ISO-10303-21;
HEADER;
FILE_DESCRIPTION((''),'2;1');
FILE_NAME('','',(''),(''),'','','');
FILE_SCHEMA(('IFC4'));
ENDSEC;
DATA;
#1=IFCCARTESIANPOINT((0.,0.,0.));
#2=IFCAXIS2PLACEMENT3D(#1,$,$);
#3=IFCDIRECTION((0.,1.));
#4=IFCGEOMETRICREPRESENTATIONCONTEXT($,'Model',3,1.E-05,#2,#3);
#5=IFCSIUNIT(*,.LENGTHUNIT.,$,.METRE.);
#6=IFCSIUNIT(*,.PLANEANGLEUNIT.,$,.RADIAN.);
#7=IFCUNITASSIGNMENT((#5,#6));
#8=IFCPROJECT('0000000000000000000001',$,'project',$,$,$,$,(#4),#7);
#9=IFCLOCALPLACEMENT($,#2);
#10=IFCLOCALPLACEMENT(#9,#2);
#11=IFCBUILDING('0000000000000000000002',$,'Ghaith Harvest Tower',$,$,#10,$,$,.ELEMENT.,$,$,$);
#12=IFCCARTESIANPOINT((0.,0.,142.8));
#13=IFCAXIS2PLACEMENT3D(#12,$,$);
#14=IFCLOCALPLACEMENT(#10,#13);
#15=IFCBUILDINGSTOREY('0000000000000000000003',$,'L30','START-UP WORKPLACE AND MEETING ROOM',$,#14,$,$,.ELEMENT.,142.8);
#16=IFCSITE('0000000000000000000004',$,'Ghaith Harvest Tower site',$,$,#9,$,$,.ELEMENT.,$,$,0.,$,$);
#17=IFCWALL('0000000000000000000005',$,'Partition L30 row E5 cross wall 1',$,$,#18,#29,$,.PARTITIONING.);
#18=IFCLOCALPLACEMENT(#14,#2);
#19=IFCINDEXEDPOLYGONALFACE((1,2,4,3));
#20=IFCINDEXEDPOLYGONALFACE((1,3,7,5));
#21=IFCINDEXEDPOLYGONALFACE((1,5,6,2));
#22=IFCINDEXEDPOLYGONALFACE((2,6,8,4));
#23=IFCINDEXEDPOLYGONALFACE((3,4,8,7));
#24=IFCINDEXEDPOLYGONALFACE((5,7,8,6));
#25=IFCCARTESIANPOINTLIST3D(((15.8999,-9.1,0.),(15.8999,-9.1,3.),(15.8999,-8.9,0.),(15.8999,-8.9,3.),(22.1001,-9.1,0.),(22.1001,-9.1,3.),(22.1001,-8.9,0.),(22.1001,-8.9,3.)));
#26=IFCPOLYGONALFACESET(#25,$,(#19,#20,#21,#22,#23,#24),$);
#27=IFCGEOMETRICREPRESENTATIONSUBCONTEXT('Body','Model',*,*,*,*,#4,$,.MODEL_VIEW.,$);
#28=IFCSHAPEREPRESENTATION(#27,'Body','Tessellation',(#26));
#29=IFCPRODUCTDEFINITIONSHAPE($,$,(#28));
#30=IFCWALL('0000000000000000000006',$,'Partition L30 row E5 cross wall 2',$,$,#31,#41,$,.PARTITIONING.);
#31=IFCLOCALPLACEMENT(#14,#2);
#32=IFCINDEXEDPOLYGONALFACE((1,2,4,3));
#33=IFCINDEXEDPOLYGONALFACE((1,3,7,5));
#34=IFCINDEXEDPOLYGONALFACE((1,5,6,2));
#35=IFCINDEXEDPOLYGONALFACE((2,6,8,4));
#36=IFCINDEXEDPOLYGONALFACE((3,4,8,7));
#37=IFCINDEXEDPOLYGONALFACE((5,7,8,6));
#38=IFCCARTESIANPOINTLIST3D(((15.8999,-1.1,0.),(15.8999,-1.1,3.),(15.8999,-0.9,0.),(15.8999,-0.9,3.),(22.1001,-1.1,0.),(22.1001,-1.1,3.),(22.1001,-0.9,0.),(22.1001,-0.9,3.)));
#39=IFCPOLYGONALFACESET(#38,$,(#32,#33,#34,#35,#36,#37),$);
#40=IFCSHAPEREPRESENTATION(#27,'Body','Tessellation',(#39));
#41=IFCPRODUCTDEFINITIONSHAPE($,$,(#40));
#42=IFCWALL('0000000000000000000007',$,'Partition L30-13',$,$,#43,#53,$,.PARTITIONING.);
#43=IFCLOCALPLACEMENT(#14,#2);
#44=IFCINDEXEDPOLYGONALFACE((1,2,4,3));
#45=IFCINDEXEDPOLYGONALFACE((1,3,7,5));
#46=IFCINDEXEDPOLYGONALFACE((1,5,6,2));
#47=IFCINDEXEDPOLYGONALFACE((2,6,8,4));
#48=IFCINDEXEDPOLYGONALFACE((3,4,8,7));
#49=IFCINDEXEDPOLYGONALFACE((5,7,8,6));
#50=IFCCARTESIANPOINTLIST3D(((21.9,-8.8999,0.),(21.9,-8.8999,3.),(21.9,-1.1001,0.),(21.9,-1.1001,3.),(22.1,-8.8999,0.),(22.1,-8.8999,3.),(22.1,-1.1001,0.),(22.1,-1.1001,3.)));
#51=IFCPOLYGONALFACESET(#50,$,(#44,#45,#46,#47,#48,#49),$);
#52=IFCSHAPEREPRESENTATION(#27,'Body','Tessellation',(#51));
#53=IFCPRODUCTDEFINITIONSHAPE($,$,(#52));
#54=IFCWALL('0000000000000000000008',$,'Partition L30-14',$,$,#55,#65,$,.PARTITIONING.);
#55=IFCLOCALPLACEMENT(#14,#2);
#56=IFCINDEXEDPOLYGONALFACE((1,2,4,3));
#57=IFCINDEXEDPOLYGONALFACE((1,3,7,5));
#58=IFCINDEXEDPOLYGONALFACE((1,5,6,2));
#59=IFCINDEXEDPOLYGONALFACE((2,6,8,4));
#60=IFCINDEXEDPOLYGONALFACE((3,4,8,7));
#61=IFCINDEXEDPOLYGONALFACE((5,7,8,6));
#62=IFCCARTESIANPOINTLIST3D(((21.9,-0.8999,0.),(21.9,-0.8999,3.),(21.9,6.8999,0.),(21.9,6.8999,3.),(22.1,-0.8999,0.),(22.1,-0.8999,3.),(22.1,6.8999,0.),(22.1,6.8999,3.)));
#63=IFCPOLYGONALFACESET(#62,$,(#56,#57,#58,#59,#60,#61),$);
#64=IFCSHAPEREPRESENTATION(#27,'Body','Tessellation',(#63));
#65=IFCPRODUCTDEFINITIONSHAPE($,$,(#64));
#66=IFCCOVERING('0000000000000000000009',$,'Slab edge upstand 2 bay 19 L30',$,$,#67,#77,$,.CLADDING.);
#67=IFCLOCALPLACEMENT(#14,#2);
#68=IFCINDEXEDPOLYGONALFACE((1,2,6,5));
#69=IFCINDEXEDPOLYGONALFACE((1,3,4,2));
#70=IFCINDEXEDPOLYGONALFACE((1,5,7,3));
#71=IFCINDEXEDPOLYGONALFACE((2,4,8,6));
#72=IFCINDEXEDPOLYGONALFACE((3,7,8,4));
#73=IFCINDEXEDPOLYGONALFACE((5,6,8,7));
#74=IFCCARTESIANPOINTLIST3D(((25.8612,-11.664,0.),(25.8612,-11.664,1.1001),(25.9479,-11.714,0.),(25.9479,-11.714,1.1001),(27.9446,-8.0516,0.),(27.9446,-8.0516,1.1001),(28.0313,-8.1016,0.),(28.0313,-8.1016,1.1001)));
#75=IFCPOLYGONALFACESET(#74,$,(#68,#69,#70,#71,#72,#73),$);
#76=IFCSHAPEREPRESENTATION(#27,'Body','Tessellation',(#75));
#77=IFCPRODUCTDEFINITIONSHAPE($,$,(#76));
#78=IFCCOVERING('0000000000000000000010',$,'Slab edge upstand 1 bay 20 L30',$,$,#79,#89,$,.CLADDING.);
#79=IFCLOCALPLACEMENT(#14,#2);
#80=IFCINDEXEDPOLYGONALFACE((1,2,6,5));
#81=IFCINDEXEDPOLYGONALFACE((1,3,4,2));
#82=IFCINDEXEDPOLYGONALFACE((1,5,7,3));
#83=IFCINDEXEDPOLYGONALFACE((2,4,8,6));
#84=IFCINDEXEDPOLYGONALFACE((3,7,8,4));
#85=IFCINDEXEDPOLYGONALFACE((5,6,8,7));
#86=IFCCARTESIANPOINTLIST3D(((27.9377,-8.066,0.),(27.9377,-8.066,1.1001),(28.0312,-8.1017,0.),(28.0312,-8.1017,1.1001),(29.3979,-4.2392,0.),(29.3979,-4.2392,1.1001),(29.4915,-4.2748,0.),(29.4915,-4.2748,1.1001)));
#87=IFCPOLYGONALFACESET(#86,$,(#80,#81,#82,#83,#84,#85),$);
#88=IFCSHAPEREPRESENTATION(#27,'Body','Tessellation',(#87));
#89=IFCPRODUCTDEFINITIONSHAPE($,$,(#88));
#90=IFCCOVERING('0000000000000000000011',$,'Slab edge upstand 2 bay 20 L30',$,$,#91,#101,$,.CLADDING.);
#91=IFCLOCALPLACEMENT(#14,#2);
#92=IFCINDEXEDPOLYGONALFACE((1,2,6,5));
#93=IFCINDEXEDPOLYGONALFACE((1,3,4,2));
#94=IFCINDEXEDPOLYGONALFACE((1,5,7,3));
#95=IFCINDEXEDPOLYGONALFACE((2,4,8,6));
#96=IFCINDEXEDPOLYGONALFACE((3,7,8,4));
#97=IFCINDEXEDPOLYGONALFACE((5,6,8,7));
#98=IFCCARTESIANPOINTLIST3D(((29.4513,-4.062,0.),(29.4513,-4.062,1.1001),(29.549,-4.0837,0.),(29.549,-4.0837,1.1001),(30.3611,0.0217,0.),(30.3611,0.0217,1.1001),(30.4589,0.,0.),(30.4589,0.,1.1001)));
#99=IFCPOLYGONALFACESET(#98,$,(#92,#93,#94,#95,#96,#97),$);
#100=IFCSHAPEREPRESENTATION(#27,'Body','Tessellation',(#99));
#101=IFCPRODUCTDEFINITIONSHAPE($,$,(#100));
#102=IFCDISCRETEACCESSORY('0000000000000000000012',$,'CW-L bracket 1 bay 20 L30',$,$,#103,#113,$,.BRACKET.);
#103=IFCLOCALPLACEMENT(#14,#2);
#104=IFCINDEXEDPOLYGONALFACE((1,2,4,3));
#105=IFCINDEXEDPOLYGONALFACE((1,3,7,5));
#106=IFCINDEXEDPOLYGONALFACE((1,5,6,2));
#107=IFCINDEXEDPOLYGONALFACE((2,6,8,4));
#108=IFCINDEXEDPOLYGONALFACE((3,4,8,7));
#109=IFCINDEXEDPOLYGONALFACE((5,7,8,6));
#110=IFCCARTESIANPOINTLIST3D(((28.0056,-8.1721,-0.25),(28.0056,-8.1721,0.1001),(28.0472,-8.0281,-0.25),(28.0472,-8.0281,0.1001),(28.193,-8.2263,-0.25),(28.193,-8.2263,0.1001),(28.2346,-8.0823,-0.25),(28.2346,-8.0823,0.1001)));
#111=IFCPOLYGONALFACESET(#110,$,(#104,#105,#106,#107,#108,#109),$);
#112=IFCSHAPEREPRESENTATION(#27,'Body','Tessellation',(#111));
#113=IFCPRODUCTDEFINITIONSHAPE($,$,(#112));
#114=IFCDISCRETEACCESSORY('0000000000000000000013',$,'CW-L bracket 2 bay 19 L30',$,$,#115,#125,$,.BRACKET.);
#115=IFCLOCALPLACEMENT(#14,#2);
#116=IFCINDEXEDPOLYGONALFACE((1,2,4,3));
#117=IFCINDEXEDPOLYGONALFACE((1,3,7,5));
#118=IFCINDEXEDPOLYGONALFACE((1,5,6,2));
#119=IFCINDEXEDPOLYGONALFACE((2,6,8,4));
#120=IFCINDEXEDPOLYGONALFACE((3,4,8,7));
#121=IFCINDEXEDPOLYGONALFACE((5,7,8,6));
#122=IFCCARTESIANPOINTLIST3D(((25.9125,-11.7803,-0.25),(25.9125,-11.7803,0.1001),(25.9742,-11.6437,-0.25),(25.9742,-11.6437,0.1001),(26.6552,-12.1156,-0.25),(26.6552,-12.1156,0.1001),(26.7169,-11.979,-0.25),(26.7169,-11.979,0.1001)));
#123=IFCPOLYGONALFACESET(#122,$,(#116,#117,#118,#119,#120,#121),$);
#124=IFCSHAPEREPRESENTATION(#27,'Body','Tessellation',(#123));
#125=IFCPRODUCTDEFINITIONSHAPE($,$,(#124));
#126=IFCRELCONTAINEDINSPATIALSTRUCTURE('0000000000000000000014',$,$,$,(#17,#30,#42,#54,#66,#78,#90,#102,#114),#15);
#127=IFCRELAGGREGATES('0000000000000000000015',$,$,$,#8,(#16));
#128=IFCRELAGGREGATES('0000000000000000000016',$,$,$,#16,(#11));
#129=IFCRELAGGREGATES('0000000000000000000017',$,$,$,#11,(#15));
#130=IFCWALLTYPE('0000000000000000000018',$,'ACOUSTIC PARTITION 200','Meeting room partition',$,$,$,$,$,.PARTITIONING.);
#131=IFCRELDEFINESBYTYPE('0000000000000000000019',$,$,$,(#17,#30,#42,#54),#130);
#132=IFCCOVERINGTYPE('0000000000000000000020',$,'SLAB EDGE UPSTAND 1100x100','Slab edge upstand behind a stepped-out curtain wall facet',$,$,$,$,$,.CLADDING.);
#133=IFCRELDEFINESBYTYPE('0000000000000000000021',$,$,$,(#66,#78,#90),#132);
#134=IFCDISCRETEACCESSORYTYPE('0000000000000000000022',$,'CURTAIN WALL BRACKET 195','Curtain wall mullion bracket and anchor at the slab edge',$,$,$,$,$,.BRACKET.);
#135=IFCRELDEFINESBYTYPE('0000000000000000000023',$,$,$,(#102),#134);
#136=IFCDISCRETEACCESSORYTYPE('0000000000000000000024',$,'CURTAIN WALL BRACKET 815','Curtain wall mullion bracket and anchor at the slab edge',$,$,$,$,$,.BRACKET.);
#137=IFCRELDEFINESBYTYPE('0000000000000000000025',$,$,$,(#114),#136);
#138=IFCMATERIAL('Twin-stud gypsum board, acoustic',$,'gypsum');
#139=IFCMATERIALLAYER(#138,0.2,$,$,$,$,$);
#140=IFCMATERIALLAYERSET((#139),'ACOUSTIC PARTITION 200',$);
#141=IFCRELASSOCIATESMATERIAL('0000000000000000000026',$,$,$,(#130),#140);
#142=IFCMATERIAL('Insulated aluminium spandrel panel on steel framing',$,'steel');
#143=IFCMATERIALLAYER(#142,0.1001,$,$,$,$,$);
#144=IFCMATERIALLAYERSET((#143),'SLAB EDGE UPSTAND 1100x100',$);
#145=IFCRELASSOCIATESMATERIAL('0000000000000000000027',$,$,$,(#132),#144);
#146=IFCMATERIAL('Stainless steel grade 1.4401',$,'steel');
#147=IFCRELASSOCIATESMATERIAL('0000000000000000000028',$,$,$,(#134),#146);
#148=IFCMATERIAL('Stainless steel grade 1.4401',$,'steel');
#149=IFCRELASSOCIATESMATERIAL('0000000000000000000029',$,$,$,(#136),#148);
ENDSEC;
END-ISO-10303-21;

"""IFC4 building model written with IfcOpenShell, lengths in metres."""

from ifc_helpers import new_model, si_unit, direction, frame, frame_2d, origin, origin_2d, place, context, subcontext, project, spatial, rectangle, extrude, material, layer, layer_set, type_object, element, save


model = new_model("IFC4")

# Units and contexts
model_context = context("Model", 3, precision=1e-05, world=origin(), true_north=direction((0.0, 1.0)))
body_context = subcontext(model_context, "Body", "Model", "MODEL_VIEW")
ifc_project = project(units=[si_unit("LENGTHUNIT", "METRE"), si_unit("PLANEANGLEUNIT", "RADIAN")], contexts=[model_context])

# Site, building, storey
site_placement = place(None, origin())
site = spatial("IfcSite", under=ifc_project, at=site_placement, Name="Ghaith Harvest Tower site", CompositionType="ELEMENT", RefElevation=0.0)
building_placement = place(site_placement, origin())
building = spatial("IfcBuilding", under=site, at=building_placement, Name="Ghaith Harvest Tower", CompositionType="ELEMENT")
storey_placement = place(building_placement, frame((0.0, 0.0, 142.8)))
storey = spatial("IfcBuildingStorey", under=building, at=storey_placement, Name="L30", Description="START-UP WORKPLACE AND MEETING ROOM", CompositionType="ELEMENT", Elevation=142.8)

# Walls
ifc_material_1 = material(Name="Twin-stud gypsum board, acoustic", Category="gypsum")
ifc_layer_1 = layer(ifc_material_1, 0.2)
ifc_layer_set_1 = layer_set([ifc_layer_1], Name="ACOUSTIC PARTITION 200")
wall_type_1 = type_object("IfcWallType", Name="ACOUSTIC PARTITION 200", Description="Meeting room partition", PredefinedType="PARTITIONING", material=ifc_layer_set_1)
for number, where, z_axis, x_axis, name in (
    (1, (15.8999, -9.0, 0.0), (0.0, 0.0, 1.0), (1.0, 0.0, 0.0), "Partition L30 row E5 cross wall 1"),
    (2, (15.8999, -1.0, 0.0), (0.0, 0.0, 1.0), (1.0, 0.0, 0.0), "Partition L30 row E5 cross wall 2"),
):
    element("IfcWall", number, at=place(storey_placement, frame(where, z_axis=z_axis, x_axis=x_axis)), inside=storey, type_object=wall_type_1, Name=name, PredefinedType="PARTITIONING", context=body_context, shape_type="SweptSolid", body=[
        extrude(rectangle(XDim=6.2002, YDim=0.2, at=frame_2d((3.1001, 0.0))), origin(), (0.0, 0.0, 1.0), 3.0),
    ])

# Wall
wall_1_placement = place(storey_placement, frame((22.0, -8.8999, 0.0), z_axis=(0.0, 0.0, 1.0), x_axis=(0.0, 1.0, 0.0)))
element("IfcWall", 3, at=wall_1_placement, inside=storey, type_object=wall_type_1, Name="Partition L30-13", PredefinedType="PARTITIONING", context=body_context, shape_type="SweptSolid", body=[
    extrude(rectangle(XDim=7.7998, YDim=0.2, at=frame_2d((3.8999, 0.0))), origin(), (0.0, 0.0, 1.0), 3.0),
])

# Wall
wall_2_placement = place(storey_placement, frame((22.0, -0.8999, 0.0), z_axis=(0.0, 0.0, 1.0), x_axis=(0.0, 1.0, 0.0)))
element("IfcWall", 4, at=wall_2_placement, inside=storey, type_object=wall_type_1, Name="Partition L30-14", PredefinedType="PARTITIONING", context=body_context, shape_type="SweptSolid", body=[
    extrude(rectangle(XDim=7.7998, YDim=0.2, at=frame_2d((3.8999, 0.0))), origin(), (0.0, 0.0, 1.0), 3.0),
])

# Coverings
ifc_material_2 = material(Name="Insulated aluminium spandrel panel on steel framing", Category="steel")
ifc_layer_2 = layer(ifc_material_2, 0.1001)
ifc_layer_set_2 = layer_set([ifc_layer_2], Name="SLAB EDGE UPSTAND 1100x100")
covering_type = type_object("IfcCoveringType", Name="SLAB EDGE UPSTAND 1100x100", Description="Slab edge upstand behind a stepped-out curtain wall facet", PredefinedType="CLADDING", material=ifc_layer_set_2)
covering_1_placement = place(storey_placement, frame((26.9463, -9.8828, 0.0), z_axis=(0.0, 0.0, 1.0), x_axis=(0.499596, 0.866258, 0.0)))
element("IfcCovering", 5, at=covering_1_placement, inside=storey, type_object=covering_type, Name="Slab edge upstand 2 bay 19 L30", PredefinedType="CLADDING", context=body_context, shape_type="SweptSolid", body=[
    extrude(rectangle(XDim=4.1702, YDim=0.1001, at=origin_2d()), origin(), (0.0, 0.0, 1.0), 1.1001),
])
covering_2_placement = place(storey_placement, frame((28.7146, -6.1704, 0.0), z_axis=(0.0, 0.0, 1.0), x_axis=(0.356504, 0.934294, 0.0)))
element("IfcCovering", 6, at=covering_2_placement, inside=storey, type_object=covering_type, Name="Slab edge upstand 1 bay 20 L30", PredefinedType="CLADDING", context=body_context, shape_type="SweptSolid", body=[
    extrude(rectangle(XDim=4.0959, YDim=0.1001, at=origin_2d()), origin(), (0.0, 0.0, 1.0), 1.1001),
])
covering_3_placement = place(storey_placement, frame((29.9551, -2.031, 0.0), z_axis=(0.0, 0.0, 1.0), x_axis=(0.217466, 0.976068, 0.0)))
element("IfcCovering", 7, at=covering_3_placement, inside=storey, type_object=covering_type, Name="Slab edge upstand 2 bay 20 L30", PredefinedType="CLADDING", context=body_context, shape_type="SweptSolid", body=[
    extrude(rectangle(XDim=4.1838, YDim=0.1001, at=origin_2d()), origin(), (0.0, 0.0, 1.0), 1.1001),
])

# Discrete accessories
ifc_material_3 = material(Name="Stainless steel grade 1.4401", Category="steel")
discrete_accessory_type_1 = type_object("IfcDiscreteAccessoryType", Name="CURTAIN WALL BRACKET 195", Description="Curtain wall mullion bracket and anchor at the slab edge", PredefinedType="BRACKET", material=ifc_material_3)
discrete_accessory_1_placement = place(storey_placement, frame((28.1201, -8.1272, -0.25), z_axis=(0.0, 0.0, 1.0), x_axis=(0.96068, -0.277657, 0.0)))
element("IfcDiscreteAccessory", 8, at=discrete_accessory_1_placement, inside=storey, type_object=discrete_accessory_type_1, Name="CW-L bracket 1 bay 20 L30", PredefinedType="BRACKET", context=body_context, shape_type="SweptSolid", body=[
    extrude(rectangle(XDim=0.1951, YDim=0.1499, at=origin_2d()), origin(), (0.0, 0.0, 1.0), 0.3501),
])
ifc_material_4 = material(Name="Stainless steel grade 1.4401", Category="steel")
discrete_accessory_type_2 = type_object("IfcDiscreteAccessoryType", Name="CURTAIN WALL BRACKET 815", Description="Curtain wall mullion bracket and anchor at the slab edge", PredefinedType="BRACKET", material=ifc_material_4)
discrete_accessory_2_placement = place(storey_placement, frame((26.3147, -11.8796, -0.25), z_axis=(0.0, 0.0, 1.0), x_axis=(0.911427, -0.411462, 0.0)))
element("IfcDiscreteAccessory", 9, at=discrete_accessory_2_placement, inside=storey, type_object=discrete_accessory_type_2, Name="CW-L bracket 2 bay 19 L30", PredefinedType="BRACKET", context=body_context, shape_type="SweptSolid", body=[
    extrude(rectangle(XDim=0.8149, YDim=0.1499, at=origin_2d()), origin(), (0.0, 0.0, 1.0), 0.3501),
])

save(model, "model.ifc")
